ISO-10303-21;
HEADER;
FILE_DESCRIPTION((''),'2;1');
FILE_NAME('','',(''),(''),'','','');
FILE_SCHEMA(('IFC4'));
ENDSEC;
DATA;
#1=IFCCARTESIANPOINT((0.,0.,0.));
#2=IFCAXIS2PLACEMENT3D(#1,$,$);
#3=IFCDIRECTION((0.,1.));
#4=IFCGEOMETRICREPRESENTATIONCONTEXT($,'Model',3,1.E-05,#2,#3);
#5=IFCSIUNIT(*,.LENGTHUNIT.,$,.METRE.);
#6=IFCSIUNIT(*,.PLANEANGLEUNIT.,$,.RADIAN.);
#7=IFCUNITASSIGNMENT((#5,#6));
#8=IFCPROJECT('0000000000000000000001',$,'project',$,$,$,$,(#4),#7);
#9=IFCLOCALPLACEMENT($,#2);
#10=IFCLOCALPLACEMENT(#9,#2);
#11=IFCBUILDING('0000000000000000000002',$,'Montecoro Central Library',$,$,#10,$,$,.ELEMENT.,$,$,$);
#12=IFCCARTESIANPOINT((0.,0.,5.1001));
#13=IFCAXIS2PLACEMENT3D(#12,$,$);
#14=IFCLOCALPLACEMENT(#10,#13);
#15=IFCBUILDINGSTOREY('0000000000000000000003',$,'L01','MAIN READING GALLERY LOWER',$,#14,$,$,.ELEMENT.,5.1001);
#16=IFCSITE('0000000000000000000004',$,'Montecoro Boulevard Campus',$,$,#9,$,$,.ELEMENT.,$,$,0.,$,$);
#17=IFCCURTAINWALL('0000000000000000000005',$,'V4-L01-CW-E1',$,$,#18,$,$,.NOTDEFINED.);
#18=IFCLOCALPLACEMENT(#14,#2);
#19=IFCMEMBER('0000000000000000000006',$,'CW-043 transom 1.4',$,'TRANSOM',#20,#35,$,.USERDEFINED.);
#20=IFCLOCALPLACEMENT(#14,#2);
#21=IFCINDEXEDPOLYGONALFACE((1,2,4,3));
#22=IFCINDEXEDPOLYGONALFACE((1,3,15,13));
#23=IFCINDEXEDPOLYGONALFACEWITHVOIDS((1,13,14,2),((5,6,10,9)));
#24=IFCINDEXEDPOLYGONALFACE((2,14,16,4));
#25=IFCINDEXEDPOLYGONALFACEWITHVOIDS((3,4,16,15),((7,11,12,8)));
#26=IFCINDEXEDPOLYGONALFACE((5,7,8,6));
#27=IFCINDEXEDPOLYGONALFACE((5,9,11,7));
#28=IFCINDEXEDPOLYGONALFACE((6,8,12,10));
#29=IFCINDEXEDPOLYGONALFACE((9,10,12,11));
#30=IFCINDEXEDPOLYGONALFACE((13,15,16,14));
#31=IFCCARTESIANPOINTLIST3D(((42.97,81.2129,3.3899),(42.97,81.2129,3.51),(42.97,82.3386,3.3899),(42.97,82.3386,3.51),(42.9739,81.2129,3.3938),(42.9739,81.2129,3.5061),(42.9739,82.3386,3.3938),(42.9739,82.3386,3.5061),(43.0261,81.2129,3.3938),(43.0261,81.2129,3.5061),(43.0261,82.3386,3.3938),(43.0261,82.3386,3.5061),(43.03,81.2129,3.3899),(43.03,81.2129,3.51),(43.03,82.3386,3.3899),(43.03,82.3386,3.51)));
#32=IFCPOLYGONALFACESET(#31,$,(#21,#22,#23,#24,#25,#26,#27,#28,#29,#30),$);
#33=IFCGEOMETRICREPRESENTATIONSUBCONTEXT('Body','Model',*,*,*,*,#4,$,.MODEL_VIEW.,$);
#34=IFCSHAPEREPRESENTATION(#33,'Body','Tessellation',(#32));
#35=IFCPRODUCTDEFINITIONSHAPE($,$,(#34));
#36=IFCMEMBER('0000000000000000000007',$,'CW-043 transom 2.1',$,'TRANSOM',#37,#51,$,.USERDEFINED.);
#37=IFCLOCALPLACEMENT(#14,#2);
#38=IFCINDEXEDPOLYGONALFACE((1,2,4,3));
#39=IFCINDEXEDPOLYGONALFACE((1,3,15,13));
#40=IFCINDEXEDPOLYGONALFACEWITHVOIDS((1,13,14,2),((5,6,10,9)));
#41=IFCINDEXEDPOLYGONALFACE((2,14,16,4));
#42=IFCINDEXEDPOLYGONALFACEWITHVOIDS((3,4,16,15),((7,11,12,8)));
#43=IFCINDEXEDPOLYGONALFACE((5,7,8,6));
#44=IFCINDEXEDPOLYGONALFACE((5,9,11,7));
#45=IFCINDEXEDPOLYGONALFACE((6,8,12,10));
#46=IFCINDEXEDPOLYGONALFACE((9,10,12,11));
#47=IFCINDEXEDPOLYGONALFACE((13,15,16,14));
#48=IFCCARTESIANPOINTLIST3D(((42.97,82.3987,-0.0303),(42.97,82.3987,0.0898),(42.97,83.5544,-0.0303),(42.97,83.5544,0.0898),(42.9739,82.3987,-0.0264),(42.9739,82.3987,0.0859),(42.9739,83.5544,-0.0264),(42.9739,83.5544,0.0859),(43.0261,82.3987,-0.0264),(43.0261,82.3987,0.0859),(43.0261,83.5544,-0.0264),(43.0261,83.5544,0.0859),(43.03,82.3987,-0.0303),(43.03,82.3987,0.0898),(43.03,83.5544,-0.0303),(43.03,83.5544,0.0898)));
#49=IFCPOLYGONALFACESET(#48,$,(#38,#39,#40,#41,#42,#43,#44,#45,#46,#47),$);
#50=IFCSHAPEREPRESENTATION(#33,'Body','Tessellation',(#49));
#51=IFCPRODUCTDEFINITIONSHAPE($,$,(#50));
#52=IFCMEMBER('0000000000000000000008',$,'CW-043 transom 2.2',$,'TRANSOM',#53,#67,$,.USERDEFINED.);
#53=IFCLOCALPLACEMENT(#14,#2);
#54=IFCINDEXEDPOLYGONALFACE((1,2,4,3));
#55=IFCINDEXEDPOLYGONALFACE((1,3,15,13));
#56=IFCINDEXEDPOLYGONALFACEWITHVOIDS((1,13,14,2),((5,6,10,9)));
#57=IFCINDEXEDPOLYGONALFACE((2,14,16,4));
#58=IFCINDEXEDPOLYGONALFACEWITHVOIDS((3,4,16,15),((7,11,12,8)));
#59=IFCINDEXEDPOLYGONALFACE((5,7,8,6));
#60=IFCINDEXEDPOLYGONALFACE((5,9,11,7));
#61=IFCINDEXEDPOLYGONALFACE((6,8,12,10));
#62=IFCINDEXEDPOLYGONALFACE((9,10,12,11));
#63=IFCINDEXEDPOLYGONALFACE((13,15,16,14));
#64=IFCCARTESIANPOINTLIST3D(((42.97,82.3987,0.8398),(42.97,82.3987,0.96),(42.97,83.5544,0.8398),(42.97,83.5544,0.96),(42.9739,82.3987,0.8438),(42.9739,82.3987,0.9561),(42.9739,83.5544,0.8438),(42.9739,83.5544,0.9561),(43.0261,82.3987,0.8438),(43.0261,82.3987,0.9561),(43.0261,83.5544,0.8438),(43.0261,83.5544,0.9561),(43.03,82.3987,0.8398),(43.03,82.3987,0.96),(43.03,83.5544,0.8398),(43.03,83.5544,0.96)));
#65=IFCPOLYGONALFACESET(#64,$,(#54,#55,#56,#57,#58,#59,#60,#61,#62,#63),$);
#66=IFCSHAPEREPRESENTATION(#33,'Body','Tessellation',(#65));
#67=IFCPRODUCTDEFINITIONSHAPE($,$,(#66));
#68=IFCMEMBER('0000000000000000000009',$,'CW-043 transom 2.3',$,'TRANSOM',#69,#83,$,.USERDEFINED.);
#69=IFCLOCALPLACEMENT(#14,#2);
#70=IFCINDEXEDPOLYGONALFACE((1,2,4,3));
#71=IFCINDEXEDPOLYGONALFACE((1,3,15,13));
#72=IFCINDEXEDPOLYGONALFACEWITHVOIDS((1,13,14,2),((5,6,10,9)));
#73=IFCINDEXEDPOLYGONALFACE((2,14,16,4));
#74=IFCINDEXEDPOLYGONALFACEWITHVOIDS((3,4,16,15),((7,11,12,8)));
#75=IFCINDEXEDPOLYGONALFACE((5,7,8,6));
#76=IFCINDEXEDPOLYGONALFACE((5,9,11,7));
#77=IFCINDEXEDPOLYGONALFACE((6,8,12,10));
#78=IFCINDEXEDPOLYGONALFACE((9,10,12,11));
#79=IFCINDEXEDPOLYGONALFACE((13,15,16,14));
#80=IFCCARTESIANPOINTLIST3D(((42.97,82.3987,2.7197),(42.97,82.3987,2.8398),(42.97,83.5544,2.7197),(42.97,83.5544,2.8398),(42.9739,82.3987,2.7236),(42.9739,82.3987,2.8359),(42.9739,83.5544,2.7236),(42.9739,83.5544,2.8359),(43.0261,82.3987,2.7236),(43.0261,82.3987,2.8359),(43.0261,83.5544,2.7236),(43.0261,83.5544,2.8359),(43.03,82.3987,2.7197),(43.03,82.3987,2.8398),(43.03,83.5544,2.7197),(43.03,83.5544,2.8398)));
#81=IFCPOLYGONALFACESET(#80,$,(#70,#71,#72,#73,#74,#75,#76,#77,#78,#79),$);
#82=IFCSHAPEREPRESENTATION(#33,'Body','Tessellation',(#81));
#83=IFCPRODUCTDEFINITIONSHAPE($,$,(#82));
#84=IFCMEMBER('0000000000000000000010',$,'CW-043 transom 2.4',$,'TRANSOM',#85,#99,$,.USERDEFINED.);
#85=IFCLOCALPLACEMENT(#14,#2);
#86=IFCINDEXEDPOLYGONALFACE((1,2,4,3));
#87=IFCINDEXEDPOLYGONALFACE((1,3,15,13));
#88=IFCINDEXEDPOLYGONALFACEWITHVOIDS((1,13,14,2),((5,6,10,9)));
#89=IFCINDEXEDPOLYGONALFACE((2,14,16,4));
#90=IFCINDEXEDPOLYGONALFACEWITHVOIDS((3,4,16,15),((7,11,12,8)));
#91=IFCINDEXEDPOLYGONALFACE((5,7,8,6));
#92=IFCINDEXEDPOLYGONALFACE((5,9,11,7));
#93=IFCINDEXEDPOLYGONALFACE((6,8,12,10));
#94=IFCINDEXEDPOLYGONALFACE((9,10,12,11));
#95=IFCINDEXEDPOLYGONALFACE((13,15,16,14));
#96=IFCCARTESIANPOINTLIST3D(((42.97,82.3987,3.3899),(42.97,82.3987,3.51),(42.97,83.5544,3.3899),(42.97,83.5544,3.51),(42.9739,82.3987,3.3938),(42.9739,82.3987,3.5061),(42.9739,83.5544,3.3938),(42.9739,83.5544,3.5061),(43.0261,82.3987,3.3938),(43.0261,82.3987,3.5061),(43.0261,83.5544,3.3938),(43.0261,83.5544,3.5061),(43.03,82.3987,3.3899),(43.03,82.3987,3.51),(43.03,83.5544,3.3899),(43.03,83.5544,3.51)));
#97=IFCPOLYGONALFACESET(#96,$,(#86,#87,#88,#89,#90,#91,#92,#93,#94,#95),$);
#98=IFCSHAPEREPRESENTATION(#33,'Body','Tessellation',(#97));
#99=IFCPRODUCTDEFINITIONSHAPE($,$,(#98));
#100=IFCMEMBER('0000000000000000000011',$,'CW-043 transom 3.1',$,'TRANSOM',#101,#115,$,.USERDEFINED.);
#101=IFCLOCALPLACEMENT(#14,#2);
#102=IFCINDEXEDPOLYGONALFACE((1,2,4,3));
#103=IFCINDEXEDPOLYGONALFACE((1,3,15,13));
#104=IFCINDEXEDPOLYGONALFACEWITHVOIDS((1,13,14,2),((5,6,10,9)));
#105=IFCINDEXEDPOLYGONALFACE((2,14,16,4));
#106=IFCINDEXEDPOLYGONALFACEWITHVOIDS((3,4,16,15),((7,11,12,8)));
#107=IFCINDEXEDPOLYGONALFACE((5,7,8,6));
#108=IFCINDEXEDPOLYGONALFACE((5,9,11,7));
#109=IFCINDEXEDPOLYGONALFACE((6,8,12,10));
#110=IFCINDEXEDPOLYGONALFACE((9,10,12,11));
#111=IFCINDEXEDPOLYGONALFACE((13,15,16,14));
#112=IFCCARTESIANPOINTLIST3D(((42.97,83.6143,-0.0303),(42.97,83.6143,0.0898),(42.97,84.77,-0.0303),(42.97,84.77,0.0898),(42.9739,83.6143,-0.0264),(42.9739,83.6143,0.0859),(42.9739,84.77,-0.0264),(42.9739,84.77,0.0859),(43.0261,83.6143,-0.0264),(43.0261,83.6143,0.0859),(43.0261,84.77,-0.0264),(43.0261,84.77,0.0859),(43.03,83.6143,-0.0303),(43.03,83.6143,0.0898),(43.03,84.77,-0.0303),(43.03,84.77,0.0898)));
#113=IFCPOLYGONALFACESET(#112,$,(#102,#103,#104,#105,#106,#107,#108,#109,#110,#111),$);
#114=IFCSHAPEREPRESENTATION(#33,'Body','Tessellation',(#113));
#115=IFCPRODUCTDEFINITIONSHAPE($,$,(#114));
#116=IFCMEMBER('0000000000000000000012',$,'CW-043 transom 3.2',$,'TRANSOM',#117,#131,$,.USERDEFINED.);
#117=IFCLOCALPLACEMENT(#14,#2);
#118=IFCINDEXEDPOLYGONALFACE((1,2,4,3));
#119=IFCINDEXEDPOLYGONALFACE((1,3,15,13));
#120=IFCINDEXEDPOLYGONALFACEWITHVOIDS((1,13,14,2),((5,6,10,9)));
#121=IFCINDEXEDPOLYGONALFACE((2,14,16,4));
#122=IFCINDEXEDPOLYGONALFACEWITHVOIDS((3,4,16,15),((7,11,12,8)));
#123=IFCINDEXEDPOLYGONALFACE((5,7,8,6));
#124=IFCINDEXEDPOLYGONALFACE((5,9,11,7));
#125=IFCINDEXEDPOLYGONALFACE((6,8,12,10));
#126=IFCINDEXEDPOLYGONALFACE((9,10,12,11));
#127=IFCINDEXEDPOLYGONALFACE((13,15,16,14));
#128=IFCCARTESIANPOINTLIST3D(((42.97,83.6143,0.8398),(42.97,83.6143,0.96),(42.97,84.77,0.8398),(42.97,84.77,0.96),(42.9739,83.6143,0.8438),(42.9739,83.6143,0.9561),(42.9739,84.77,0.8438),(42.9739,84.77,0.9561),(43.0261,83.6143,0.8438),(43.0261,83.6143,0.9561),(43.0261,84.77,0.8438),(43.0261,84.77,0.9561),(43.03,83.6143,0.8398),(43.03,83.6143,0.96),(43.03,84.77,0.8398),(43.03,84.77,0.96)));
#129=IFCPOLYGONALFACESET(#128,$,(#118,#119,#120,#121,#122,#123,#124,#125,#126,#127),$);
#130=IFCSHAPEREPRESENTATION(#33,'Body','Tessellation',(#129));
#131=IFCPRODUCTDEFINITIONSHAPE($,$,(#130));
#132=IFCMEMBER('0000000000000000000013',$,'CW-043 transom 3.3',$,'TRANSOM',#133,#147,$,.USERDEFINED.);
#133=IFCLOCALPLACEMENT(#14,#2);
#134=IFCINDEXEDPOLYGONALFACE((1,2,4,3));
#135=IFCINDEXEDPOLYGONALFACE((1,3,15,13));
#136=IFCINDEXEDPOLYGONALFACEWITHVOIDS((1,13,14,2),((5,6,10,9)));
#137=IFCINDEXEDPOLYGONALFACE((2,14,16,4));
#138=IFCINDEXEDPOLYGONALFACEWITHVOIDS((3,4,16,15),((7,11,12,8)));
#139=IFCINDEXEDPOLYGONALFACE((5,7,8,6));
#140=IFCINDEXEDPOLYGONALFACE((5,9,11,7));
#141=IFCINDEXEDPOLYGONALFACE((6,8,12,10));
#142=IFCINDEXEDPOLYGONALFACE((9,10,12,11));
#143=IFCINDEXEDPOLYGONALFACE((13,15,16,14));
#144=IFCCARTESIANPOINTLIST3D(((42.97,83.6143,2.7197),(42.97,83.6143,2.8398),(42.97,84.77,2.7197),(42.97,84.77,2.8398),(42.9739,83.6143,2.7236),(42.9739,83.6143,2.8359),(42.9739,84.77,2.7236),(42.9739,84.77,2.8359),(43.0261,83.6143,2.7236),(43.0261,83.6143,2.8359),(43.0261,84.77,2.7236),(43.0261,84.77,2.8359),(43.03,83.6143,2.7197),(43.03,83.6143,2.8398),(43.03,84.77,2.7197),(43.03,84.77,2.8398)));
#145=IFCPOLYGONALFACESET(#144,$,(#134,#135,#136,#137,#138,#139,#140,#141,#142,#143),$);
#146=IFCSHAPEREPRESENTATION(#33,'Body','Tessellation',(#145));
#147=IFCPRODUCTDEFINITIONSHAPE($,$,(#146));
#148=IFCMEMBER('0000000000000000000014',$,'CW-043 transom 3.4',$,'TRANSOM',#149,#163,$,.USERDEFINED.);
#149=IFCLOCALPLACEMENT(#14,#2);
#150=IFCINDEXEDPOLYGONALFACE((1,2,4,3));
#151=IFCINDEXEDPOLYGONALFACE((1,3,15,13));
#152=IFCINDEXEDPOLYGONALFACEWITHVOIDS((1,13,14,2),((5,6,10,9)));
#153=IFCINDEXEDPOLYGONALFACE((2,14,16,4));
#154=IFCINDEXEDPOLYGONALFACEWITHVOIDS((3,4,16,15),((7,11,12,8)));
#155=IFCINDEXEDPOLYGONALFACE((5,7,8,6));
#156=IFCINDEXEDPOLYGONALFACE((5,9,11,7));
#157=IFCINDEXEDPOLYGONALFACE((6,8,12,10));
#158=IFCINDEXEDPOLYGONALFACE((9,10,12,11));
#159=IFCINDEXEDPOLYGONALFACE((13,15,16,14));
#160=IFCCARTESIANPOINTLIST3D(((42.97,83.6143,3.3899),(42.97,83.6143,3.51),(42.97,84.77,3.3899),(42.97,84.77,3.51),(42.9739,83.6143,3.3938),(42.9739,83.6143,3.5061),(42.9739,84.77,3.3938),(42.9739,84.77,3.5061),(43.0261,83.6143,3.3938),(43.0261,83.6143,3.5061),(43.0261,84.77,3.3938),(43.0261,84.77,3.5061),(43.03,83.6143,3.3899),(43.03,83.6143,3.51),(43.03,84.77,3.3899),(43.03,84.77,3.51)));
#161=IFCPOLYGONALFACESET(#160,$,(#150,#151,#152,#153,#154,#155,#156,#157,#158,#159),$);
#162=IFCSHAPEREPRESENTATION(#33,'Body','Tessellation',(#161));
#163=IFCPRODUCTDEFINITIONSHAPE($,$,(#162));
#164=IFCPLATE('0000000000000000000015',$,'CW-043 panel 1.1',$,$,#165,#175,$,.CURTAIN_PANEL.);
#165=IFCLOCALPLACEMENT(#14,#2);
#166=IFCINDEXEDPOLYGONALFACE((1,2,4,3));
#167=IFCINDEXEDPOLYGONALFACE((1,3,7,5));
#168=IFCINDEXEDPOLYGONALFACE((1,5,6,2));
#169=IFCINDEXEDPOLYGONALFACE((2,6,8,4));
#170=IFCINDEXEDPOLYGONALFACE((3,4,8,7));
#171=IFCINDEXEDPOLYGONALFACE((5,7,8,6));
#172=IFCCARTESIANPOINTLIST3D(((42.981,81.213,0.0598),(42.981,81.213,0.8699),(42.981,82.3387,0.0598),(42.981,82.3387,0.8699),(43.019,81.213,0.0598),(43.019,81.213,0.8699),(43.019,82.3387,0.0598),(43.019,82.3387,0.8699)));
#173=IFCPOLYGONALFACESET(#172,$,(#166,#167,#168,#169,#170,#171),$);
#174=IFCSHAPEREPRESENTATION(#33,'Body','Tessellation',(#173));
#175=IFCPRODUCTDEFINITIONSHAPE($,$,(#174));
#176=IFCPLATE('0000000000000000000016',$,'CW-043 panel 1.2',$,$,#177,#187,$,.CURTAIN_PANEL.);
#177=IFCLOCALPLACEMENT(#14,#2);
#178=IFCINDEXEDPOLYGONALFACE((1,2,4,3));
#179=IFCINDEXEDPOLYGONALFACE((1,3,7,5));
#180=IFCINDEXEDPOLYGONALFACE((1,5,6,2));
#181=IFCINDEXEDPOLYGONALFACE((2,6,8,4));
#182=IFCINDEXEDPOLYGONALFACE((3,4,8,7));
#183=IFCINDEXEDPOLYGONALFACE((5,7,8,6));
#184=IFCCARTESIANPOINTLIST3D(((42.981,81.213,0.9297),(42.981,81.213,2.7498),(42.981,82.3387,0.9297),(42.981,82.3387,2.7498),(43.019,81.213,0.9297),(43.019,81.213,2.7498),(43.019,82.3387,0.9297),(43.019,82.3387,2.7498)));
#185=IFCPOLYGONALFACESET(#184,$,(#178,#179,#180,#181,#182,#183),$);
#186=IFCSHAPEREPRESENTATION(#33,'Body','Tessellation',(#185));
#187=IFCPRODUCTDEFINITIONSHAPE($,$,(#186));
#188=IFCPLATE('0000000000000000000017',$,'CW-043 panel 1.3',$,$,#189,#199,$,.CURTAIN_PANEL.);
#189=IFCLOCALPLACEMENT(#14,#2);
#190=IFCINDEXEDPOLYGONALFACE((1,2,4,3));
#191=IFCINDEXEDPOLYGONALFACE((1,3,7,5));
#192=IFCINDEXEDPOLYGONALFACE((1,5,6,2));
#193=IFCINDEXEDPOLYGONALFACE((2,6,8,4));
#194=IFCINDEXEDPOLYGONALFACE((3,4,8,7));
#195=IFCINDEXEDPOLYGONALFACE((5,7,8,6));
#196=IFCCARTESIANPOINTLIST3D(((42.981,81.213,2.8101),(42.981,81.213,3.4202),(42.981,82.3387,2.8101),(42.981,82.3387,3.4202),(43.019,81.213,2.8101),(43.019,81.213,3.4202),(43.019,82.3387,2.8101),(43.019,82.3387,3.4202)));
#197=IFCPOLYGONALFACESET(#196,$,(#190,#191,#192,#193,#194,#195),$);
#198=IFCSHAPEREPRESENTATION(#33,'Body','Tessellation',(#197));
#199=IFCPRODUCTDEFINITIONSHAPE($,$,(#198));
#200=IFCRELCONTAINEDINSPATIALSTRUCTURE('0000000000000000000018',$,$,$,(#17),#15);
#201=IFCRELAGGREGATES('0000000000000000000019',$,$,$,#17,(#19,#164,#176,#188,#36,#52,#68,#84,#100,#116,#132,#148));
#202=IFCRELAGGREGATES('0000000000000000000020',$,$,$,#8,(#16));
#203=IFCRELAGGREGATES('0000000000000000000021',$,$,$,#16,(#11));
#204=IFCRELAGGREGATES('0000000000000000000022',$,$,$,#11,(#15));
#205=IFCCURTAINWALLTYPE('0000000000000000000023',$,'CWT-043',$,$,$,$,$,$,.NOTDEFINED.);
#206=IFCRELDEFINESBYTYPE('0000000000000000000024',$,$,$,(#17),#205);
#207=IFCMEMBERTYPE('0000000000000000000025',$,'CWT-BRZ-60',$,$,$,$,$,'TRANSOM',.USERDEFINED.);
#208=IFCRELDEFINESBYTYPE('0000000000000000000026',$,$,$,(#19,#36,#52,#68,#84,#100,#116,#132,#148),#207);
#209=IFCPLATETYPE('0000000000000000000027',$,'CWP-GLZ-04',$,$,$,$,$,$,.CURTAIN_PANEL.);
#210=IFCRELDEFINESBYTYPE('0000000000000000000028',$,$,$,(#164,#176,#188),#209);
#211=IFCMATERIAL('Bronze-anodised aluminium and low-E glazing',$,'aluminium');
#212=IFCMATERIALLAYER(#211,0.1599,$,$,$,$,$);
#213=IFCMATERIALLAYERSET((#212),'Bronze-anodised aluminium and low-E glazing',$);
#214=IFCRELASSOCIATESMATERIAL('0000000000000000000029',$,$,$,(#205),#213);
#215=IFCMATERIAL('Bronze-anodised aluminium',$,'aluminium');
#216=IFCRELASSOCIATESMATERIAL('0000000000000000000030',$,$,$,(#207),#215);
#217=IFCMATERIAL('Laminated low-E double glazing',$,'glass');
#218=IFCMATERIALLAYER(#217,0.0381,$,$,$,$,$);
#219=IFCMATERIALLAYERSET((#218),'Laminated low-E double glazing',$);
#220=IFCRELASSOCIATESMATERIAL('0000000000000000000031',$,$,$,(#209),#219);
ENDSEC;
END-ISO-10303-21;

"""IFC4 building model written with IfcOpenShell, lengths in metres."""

from ifc_helpers import new_model, si_unit, direction, frame, origin, origin_2d, place, context, subcontext, project, spatial, rectangle, hollow_rectangle, extrude, material, layer, layer_set, material_profile, profile_set, type_object, element, aggregate, save


model = new_model("IFC4")

# Units and contexts
model_context = context("Model", 3, precision=1e-05, world=origin(), true_north=direction((0.0, 1.0)))
body_context = subcontext(model_context, "Body", "Model", "MODEL_VIEW")
ifc_project = project(units=[si_unit("LENGTHUNIT", "METRE"), si_unit("PLANEANGLEUNIT", "RADIAN")], contexts=[model_context])

# Site, building, storey
site_placement = place(None, origin())
site = spatial("IfcSite", under=ifc_project, at=site_placement, Name="Montecoro Boulevard Campus", CompositionType="ELEMENT", RefElevation=0.0)
building_placement = place(site_placement, origin())
building = spatial("IfcBuilding", under=site, at=building_placement, Name="Montecoro Central Library", CompositionType="ELEMENT")
storey_placement = place(building_placement, frame((0.0, 0.0, 5.1001)))
storey = spatial("IfcBuildingStorey", under=building, at=storey_placement, Name="L01", Description="MAIN READING GALLERY LOWER", CompositionType="ELEMENT", Elevation=5.1001)

# Curtain wall, members, plates
ifc_material_1 = material(Name="Bronze-anodised aluminium and low-E glazing", Category="aluminium")
ifc_layer_1 = layer(ifc_material_1, 0.1599)
ifc_layer_set_1 = layer_set([ifc_layer_1], Name="Bronze-anodised aluminium and low-E glazing")
curtain_wall_type = type_object("IfcCurtainWallType", Name="CWT-043", PredefinedType="NOTDEFINED", material=ifc_layer_set_1)
curtain_wall_placement = place(storey_placement, origin())
curtain_wall = element("IfcCurtainWall", 1, at=curtain_wall_placement, inside=storey, type_object=curtain_wall_type, Name="V4-L01-CW-E1", PredefinedType="NOTDEFINED")
ifc_material_2 = material(Name="Bronze-anodised aluminium", Category="aluminium")
ifc_material_profile_1 = material_profile(ifc_material_2, hollow_rectangle(XDim=0.0601, YDim=0.1201, WallThickness=0.0039, at=origin_2d()), Name="CWT 120x60x4.0")
ifc_profile_set_1 = profile_set([ifc_material_profile_1], Name="Bronze-anodised aluminium")
member_type_1 = type_object("IfcMemberType", Name="CWT-BRZ-60", ElementType="TRANSOM", PredefinedType="USERDEFINED", material=ifc_profile_set_1)
member_1_placement = place(storey_placement, frame((43.0, 81.2129, 3.45), z_axis=(0.0, 1.0, 0.0), x_axis=(-1.0, 0.0, 0.0)))
member_1 = element("IfcMember", 2, at=member_1_placement, type_object=member_type_1, Name="CW-043 transom 1.4", ObjectType="TRANSOM", PredefinedType="USERDEFINED", context=body_context, shape_type="SweptSolid", body=[
    extrude(hollow_rectangle(XDim=0.0601, YDim=0.1201, WallThickness=0.0039, at=origin_2d()), origin(), (0.0, 0.0, 1.0), 1.1257),
])
member_2_placement = place(storey_placement, frame((43.0, 82.3987, 0.0298), z_axis=(0.0, 1.0, 0.0), x_axis=(-1.0, 0.0, 0.0)))
member_2 = element("IfcMember", 3, at=member_2_placement, type_object=member_type_1, Name="CW-043 transom 2.1", ObjectType="TRANSOM", PredefinedType="USERDEFINED", context=body_context, shape_type="SweptSolid", body=[
    extrude(hollow_rectangle(XDim=0.0601, YDim=0.1201, WallThickness=0.0039, at=origin_2d()), origin(), (0.0, 0.0, 1.0), 1.1558),
])
member_3_placement = place(storey_placement, frame((43.0, 82.3987, 0.8999), z_axis=(0.0, 1.0, 0.0), x_axis=(-1.0, 0.0, 0.0)))
member_3 = element("IfcMember", 4, at=member_3_placement, type_object=member_type_1, Name="CW-043 transom 2.2", ObjectType="TRANSOM", PredefinedType="USERDEFINED", context=body_context, shape_type="SweptSolid", body=[
    extrude(hollow_rectangle(XDim=0.0601, YDim=0.1201, WallThickness=0.0039, at=origin_2d()), origin(), (0.0, 0.0, 1.0), 1.1558),
])
member_4_placement = place(storey_placement, frame((43.0, 82.3987, 2.7798), z_axis=(0.0, 1.0, 0.0), x_axis=(-1.0, 0.0, 0.0)))
member_4 = element("IfcMember", 5, at=member_4_placement, type_object=member_type_1, Name="CW-043 transom 2.3", ObjectType="TRANSOM", PredefinedType="USERDEFINED", context=body_context, shape_type="SweptSolid", body=[
    extrude(hollow_rectangle(XDim=0.0601, YDim=0.1201, WallThickness=0.0039, at=origin_2d()), origin(), (0.0, 0.0, 1.0), 1.1558),
])
member_5_placement = place(storey_placement, frame((43.0, 82.3987, 3.45), z_axis=(0.0, 1.0, 0.0), x_axis=(-1.0, 0.0, 0.0)))
member_5 = element("IfcMember", 6, at=member_5_placement, type_object=member_type_1, Name="CW-043 transom 2.4", ObjectType="TRANSOM", PredefinedType="USERDEFINED", context=body_context, shape_type="SweptSolid", body=[
    extrude(hollow_rectangle(XDim=0.0601, YDim=0.1201, WallThickness=0.0039, at=origin_2d()), origin(), (0.0, 0.0, 1.0), 1.1558),
])
member_6_placement = place(storey_placement, frame((43.0, 83.6143, 0.0298), z_axis=(0.0, 1.0, 0.0), x_axis=(-1.0, 0.0, 0.0)))
member_6 = element("IfcMember", 7, at=member_6_placement, type_object=member_type_1, Name="CW-043 transom 3.1", ObjectType="TRANSOM", PredefinedType="USERDEFINED", context=body_context, shape_type="SweptSolid", body=[
    extrude(hollow_rectangle(XDim=0.0601, YDim=0.1201, WallThickness=0.0039, at=origin_2d()), origin(), (0.0, 0.0, 1.0), 1.1558),
])
member_7_placement = place(storey_placement, frame((43.0, 83.6143, 0.8999), z_axis=(0.0, 1.0, 0.0), x_axis=(-1.0, 0.0, 0.0)))
member_7 = element("IfcMember", 8, at=member_7_placement, type_object=member_type_1, Name="CW-043 transom 3.2", ObjectType="TRANSOM", PredefinedType="USERDEFINED", context=body_context, shape_type="SweptSolid", body=[
    extrude(hollow_rectangle(XDim=0.0601, YDim=0.1201, WallThickness=0.0039, at=origin_2d()), origin(), (0.0, 0.0, 1.0), 1.1558),
])
member_8_placement = place(storey_placement, frame((43.0, 83.6143, 2.7798), z_axis=(0.0, 1.0, 0.0), x_axis=(-1.0, 0.0, 0.0)))
member_8 = element("IfcMember", 9, at=member_8_placement, type_object=member_type_1, Name="CW-043 transom 3.3", ObjectType="TRANSOM", PredefinedType="USERDEFINED", context=body_context, shape_type="SweptSolid", body=[
    extrude(hollow_rectangle(XDim=0.0601, YDim=0.1201, WallThickness=0.0039, at=origin_2d()), origin(), (0.0, 0.0, 1.0), 1.1558),
])
member_9_placement = place(storey_placement, frame((43.0, 83.6143, 3.45), z_axis=(0.0, 1.0, 0.0), x_axis=(-1.0, 0.0, 0.0)))
member_9 = element("IfcMember", 10, at=member_9_placement, type_object=member_type_1, Name="CW-043 transom 3.4", ObjectType="TRANSOM", PredefinedType="USERDEFINED", context=body_context, shape_type="SweptSolid", body=[
    extrude(hollow_rectangle(XDim=0.0601, YDim=0.1201, WallThickness=0.0039, at=origin_2d()), origin(), (0.0, 0.0, 1.0), 1.1558),
])
ifc_material_3 = material(Name="Laminated low-E double glazing", Category="glass")
ifc_layer_2 = layer(ifc_material_3, 0.0381)
ifc_layer_set_2 = layer_set([ifc_layer_2], Name="Laminated low-E double glazing")
plate_type = type_object("IfcPlateType", Name="CWP-GLZ-04", PredefinedType="CURTAIN_PANEL", material=ifc_layer_set_2)
plate_1_placement = place(storey_placement, frame((43.0, 81.7759, 0.0598), z_axis=(0.0, 0.0, 1.0), x_axis=(0.0, 1.0, 0.0)))
plate_1 = element("IfcPlate", 11, at=plate_1_placement, type_object=plate_type, Name="CW-043 panel 1.1", PredefinedType="CURTAIN_PANEL", context=body_context, shape_type="SweptSolid", body=[
    extrude(rectangle(XDim=1.1257, YDim=0.0381, at=origin_2d()), origin(), (0.0, 0.0, 1.0), 0.8101),
])
plate_2_placement = place(storey_placement, frame((43.0, 81.7759, 0.9297), z_axis=(0.0, 0.0, 1.0), x_axis=(0.0, 1.0, 0.0)))
plate_2 = element("IfcPlate", 12, at=plate_2_placement, type_object=plate_type, Name="CW-043 panel 1.2", PredefinedType="CURTAIN_PANEL", context=body_context, shape_type="SweptSolid", body=[
    extrude(rectangle(XDim=1.1257, YDim=0.0381, at=origin_2d()), origin(), (0.0, 0.0, 1.0), 1.8201),
])
plate_3_placement = place(storey_placement, frame((43.0, 81.7759, 2.8101), z_axis=(0.0, 0.0, 1.0), x_axis=(0.0, 1.0, 0.0)))
plate_3 = element("IfcPlate", 13, at=plate_3_placement, type_object=plate_type, Name="CW-043 panel 1.3", PredefinedType="CURTAIN_PANEL", context=body_context, shape_type="SweptSolid", body=[
    extrude(rectangle(XDim=1.1257, YDim=0.0381, at=origin_2d()), origin(), (0.0, 0.0, 1.0), 0.6101),
])
aggregate(curtain_wall, [member_1, plate_1, plate_2, plate_3, member_2, member_3, member_4, member_5, member_6, member_7, member_8, member_9])

save(model, "model.ifc")
